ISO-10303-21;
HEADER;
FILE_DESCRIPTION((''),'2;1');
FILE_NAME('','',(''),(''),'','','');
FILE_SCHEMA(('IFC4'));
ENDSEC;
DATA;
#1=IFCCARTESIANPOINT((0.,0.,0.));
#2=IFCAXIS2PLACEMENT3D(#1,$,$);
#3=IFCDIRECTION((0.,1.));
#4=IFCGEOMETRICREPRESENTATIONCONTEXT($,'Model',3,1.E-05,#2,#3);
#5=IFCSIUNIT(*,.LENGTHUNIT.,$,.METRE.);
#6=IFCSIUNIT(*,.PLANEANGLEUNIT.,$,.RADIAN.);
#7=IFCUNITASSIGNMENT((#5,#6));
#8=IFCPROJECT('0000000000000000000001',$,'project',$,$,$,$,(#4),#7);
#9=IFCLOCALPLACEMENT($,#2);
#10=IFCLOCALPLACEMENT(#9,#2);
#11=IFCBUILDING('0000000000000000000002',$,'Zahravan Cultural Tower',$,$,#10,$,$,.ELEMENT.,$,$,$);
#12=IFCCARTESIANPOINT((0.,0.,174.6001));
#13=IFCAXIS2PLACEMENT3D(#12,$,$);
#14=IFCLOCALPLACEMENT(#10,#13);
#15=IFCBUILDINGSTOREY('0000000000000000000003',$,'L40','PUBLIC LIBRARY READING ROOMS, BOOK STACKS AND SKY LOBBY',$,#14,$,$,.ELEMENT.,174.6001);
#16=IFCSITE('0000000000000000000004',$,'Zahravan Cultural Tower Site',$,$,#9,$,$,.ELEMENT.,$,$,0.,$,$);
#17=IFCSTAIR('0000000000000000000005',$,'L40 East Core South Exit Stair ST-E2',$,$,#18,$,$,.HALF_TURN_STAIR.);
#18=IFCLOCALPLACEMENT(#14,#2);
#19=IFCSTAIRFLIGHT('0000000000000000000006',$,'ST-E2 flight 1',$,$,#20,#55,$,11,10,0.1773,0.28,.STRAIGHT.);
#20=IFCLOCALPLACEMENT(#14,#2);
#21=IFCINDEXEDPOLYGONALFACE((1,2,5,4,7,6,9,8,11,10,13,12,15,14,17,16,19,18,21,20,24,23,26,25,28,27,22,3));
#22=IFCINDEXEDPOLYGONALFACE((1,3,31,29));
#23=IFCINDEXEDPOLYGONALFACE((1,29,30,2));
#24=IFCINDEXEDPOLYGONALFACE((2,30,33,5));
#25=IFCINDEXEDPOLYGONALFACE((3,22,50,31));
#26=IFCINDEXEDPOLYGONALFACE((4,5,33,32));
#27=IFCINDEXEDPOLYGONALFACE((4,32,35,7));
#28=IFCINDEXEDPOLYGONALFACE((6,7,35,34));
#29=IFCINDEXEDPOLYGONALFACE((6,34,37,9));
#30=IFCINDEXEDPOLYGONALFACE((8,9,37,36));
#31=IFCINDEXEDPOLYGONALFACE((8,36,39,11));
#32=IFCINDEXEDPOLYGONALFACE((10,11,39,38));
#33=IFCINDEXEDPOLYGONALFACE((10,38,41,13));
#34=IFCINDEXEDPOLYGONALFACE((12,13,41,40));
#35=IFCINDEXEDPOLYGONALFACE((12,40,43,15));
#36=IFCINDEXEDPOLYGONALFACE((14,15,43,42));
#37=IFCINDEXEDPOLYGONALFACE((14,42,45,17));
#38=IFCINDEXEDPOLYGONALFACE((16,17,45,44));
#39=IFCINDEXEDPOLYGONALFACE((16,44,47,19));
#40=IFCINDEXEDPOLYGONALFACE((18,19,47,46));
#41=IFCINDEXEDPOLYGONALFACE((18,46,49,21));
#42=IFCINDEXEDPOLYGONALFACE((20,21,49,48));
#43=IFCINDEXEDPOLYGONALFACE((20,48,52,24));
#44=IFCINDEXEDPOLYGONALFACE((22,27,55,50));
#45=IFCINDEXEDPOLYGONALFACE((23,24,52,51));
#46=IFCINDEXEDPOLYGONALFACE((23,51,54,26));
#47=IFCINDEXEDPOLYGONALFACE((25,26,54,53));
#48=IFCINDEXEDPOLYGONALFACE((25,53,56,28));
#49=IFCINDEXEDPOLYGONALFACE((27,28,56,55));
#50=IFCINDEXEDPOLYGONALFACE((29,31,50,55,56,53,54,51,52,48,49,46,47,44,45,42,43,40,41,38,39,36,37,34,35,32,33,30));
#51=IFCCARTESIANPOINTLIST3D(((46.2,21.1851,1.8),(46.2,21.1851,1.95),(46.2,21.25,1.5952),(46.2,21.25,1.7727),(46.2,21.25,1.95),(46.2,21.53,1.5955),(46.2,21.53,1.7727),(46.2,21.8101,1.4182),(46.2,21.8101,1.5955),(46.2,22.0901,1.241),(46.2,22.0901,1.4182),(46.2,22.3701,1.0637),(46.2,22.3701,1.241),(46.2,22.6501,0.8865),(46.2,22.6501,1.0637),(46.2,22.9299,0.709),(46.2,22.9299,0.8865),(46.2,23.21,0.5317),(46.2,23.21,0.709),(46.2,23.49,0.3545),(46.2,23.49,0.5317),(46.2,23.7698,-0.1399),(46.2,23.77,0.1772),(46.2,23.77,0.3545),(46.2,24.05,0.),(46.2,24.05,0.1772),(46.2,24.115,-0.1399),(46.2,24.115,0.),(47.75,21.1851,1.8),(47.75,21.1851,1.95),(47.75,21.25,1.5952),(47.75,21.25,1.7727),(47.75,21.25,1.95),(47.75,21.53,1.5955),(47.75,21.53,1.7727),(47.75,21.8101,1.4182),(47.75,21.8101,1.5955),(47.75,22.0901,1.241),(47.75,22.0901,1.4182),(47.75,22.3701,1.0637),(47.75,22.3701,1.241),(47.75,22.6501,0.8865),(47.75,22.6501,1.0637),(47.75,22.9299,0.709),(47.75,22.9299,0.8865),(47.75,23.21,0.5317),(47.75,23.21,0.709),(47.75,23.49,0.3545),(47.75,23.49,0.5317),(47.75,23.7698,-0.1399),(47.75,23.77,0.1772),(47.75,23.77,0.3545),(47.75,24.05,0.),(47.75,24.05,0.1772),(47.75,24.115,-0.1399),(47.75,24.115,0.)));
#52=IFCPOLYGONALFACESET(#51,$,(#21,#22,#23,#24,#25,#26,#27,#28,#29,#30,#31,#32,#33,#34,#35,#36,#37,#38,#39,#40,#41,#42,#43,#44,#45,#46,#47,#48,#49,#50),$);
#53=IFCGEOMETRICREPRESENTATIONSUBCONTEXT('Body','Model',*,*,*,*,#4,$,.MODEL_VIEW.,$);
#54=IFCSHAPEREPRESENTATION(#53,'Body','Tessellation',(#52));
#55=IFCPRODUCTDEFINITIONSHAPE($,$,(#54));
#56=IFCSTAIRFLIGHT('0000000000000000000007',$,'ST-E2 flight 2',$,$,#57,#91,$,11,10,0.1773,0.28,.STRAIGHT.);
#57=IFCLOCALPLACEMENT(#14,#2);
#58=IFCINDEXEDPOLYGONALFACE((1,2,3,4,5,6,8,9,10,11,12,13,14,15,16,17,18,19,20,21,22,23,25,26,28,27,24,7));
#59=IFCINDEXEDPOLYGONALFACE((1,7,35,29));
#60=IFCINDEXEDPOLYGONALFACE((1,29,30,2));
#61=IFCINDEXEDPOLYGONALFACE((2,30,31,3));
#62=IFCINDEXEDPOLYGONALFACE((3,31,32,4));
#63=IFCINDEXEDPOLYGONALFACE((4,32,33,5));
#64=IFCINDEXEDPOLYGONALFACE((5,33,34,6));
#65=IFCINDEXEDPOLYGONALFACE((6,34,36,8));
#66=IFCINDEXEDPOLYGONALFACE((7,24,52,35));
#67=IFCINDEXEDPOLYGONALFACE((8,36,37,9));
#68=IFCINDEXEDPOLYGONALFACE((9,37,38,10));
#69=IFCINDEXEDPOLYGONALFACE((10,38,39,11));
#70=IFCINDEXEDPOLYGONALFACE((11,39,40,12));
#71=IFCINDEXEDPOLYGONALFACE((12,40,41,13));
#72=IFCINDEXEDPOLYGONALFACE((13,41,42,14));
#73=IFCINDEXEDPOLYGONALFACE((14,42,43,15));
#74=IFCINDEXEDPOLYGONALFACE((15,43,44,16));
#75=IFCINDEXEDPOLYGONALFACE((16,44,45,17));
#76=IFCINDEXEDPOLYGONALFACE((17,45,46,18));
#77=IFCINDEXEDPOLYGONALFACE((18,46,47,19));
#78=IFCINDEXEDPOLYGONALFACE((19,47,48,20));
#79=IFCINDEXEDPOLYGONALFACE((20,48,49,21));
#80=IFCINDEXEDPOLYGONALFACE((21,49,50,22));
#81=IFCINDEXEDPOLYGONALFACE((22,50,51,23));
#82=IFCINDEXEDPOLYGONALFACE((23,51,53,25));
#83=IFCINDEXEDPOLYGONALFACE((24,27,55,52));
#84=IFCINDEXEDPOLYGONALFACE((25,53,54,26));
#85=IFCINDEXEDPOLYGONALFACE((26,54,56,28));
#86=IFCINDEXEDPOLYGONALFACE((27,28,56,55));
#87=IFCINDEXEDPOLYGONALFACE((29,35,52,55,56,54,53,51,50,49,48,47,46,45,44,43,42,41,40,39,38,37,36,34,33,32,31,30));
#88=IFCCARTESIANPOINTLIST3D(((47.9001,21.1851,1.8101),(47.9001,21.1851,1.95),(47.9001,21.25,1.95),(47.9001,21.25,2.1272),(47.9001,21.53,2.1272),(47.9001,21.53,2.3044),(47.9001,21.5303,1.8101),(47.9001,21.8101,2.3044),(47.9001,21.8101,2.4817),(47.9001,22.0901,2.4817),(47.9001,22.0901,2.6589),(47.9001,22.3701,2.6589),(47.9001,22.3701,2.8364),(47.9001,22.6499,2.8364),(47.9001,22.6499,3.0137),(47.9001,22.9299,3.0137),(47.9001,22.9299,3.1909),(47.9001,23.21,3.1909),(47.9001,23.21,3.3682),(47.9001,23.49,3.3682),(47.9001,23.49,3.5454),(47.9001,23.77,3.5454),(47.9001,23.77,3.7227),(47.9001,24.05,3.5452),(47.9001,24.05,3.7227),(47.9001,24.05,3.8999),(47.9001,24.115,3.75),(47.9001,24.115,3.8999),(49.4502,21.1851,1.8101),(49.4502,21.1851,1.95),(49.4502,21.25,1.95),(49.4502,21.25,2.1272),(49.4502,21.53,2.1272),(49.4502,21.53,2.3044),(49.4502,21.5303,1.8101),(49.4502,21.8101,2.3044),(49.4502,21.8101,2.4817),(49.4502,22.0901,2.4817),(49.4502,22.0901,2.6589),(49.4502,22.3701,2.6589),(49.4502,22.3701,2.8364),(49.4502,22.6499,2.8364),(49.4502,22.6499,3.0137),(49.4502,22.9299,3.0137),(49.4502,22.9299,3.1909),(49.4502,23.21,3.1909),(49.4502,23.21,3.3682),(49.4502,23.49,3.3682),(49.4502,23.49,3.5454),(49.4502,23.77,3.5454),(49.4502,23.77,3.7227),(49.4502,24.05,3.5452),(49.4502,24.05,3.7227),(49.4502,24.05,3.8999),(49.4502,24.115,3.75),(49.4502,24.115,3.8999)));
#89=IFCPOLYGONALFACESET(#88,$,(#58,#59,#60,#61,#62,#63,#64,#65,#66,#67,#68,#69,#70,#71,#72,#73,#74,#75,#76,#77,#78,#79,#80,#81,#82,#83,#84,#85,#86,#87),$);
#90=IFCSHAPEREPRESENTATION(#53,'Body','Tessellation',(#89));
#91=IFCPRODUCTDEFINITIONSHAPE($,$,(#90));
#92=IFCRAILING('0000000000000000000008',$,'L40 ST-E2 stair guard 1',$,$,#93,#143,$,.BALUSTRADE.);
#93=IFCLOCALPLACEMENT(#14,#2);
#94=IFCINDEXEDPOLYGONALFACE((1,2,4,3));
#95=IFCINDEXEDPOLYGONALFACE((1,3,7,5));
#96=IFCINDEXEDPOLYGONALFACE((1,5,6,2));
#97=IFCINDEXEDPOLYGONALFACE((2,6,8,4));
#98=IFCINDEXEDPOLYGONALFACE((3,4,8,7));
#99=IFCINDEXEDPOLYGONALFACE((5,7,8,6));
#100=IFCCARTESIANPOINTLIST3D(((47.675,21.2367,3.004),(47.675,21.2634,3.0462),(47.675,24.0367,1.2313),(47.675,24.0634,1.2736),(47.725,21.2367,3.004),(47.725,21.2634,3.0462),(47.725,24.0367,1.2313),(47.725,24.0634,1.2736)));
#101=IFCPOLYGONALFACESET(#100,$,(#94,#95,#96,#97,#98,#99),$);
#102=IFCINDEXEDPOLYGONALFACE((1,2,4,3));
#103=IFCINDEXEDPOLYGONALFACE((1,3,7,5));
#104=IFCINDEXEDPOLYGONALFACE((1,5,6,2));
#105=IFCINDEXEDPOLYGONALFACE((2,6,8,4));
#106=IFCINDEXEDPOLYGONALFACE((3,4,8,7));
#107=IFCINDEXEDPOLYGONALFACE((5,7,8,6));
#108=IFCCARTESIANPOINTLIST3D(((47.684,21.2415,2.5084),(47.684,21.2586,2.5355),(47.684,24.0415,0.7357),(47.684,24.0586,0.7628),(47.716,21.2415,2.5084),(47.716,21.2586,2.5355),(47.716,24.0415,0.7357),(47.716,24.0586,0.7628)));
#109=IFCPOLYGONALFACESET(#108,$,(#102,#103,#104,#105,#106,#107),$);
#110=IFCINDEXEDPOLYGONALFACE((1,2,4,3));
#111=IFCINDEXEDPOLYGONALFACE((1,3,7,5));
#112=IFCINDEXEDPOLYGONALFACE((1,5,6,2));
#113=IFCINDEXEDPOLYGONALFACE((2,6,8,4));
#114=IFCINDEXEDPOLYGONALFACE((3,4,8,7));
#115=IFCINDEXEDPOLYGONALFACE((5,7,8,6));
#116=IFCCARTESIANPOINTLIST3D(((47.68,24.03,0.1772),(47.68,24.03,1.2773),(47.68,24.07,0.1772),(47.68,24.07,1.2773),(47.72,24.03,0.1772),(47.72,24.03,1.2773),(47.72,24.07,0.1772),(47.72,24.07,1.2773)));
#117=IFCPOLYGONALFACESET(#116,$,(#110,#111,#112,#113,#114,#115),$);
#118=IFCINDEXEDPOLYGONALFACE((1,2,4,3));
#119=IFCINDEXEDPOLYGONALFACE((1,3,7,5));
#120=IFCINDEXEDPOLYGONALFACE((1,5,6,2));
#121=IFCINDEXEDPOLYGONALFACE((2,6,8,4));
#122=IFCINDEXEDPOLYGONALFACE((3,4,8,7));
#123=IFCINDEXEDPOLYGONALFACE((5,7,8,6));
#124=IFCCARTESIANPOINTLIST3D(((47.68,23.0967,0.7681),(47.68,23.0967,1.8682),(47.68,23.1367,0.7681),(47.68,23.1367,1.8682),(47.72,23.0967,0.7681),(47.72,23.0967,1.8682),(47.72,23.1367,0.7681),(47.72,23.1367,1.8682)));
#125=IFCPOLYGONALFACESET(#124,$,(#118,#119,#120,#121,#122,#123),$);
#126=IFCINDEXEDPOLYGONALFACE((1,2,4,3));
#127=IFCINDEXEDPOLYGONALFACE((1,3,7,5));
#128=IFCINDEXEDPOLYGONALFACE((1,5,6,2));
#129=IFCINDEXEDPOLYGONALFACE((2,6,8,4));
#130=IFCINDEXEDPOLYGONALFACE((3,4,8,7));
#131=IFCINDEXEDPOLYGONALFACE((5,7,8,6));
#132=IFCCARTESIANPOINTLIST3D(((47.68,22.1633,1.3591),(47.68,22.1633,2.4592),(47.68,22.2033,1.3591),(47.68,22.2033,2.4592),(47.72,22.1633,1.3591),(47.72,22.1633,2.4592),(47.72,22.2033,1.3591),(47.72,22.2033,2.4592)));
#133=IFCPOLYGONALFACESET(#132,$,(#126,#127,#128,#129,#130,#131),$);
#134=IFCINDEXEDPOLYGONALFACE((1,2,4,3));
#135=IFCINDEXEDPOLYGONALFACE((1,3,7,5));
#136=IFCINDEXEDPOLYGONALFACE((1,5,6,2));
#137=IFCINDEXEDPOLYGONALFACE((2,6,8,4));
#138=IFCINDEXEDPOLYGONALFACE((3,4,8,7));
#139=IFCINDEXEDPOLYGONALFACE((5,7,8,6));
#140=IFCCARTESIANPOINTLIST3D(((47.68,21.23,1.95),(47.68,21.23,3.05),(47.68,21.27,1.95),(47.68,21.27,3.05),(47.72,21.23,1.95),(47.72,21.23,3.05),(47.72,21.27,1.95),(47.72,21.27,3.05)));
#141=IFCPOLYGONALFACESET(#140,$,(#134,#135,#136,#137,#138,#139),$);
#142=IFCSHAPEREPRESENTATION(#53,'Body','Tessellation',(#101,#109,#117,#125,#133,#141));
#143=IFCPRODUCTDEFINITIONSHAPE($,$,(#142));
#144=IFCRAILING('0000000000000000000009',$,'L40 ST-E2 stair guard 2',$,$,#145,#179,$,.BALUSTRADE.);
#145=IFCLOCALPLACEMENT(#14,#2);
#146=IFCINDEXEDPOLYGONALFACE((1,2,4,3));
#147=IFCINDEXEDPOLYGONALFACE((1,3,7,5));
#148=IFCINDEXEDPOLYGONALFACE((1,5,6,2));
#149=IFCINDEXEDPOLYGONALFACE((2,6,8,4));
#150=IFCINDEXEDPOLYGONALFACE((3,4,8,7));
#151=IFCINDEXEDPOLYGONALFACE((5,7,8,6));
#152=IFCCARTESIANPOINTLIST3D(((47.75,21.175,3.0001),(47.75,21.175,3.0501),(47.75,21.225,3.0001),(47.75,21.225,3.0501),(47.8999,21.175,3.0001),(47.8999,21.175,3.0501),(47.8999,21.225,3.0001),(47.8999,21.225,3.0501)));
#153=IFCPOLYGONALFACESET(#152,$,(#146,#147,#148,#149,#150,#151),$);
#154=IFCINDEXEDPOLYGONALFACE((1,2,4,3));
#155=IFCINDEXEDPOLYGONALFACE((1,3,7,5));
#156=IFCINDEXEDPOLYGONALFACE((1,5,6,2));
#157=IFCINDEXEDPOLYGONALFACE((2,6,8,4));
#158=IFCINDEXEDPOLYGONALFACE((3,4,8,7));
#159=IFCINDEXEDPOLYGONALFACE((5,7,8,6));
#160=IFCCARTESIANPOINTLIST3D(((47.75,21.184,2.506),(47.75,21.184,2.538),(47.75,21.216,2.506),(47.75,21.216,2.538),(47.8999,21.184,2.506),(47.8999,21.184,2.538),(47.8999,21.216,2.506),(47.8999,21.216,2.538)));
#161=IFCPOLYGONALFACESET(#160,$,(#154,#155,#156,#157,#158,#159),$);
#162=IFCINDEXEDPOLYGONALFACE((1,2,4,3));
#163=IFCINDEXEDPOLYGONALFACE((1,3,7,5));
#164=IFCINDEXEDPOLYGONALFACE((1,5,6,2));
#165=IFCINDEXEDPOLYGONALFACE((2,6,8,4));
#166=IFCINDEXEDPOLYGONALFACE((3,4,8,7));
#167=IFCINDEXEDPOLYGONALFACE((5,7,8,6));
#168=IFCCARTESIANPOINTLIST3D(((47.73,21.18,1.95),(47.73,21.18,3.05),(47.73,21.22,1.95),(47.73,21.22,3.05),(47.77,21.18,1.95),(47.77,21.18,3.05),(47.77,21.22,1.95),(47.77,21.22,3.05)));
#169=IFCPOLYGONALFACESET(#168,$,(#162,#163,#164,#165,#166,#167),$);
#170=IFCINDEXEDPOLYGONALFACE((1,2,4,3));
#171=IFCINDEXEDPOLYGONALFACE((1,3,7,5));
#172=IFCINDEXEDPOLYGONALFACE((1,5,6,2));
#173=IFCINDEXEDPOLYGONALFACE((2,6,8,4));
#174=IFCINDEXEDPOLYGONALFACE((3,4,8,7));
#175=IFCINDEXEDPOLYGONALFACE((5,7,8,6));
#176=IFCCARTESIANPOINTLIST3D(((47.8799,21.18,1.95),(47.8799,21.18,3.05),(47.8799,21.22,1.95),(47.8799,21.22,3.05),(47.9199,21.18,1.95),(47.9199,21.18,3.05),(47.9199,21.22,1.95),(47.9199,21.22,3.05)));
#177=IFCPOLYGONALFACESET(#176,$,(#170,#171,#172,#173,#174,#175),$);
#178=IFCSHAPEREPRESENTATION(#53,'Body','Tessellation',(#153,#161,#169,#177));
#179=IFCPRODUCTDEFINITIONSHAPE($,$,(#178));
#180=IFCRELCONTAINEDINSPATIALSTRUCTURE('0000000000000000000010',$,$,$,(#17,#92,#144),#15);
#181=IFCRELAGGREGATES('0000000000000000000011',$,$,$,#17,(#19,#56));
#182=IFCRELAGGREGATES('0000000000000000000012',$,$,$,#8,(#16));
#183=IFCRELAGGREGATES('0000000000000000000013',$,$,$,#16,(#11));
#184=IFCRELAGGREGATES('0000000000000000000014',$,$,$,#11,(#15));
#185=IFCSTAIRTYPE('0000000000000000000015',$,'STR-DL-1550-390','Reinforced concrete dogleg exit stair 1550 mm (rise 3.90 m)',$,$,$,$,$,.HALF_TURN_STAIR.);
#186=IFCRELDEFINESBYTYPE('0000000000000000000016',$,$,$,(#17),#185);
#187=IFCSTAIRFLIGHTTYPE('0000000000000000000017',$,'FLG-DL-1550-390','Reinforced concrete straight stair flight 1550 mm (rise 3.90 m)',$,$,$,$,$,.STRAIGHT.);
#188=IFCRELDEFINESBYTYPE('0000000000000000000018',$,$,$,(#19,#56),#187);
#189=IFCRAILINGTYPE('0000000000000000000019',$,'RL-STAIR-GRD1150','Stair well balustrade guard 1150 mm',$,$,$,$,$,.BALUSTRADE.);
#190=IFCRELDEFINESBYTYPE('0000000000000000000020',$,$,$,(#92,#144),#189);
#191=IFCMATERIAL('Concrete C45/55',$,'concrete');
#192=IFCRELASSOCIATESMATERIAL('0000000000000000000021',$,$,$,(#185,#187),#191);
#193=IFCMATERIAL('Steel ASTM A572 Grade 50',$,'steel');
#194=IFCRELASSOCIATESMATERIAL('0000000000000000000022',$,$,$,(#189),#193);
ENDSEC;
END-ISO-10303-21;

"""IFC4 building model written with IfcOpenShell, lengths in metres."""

from ifc_helpers import new_model, si_unit, direction, frame, origin, origin_2d, place, context, subcontext, project, spatial, polyline, rectangle, outline, extrude, material, type_object, element, aggregate, save


model = new_model("IFC4")

# Units and contexts
model_context = context("Model", 3, precision=1e-05, world=origin(), true_north=direction((0.0, 1.0)))
body_context = subcontext(model_context, "Body", "Model", "MODEL_VIEW")
ifc_project = project(units=[si_unit("LENGTHUNIT", "METRE"), si_unit("PLANEANGLEUNIT", "RADIAN")], contexts=[model_context])

# Site, building, storey
site_placement = place(None, origin())
site = spatial("IfcSite", under=ifc_project, at=site_placement, Name="Zahravan Cultural Tower Site", CompositionType="ELEMENT", RefElevation=0.0)
building_placement = place(site_placement, origin())
building = spatial("IfcBuilding", under=site, at=building_placement, Name="Zahravan Cultural Tower", CompositionType="ELEMENT")
storey_placement = place(building_placement, frame((0.0, 0.0, 174.6001)))
storey = spatial("IfcBuildingStorey", under=building, at=storey_placement, Name="L40", Description="PUBLIC LIBRARY READING ROOMS, BOOK STACKS AND SKY LOBBY", CompositionType="ELEMENT", Elevation=174.6001)

# Shared definitions
ifc_material_1 = material(Name="Concrete C45/55", Category="concrete")

# Stair, stair flights
stair_type = type_object("IfcStairType", Name="STR-DL-1550-390", Description="Reinforced concrete dogleg exit stair 1550 mm (rise 3.90 m)", PredefinedType="HALF_TURN_STAIR", material=ifc_material_1)
stair_placement = place(storey_placement, origin())
stair = element("IfcStair", 1, at=stair_placement, inside=storey, type_object=stair_type, Name="L40 East Core South Exit Stair ST-E2", PredefinedType="HALF_TURN_STAIR")
stair_flight_type = type_object("IfcStairFlightType", Name="FLG-DL-1550-390", Description="Reinforced concrete straight stair flight 1550 mm (rise 3.90 m)", PredefinedType="STRAIGHT", material=ifc_material_1)
stair_flight_1_placement = place(storey_placement, frame((46.9751, 24.05, 0.0), z_axis=(0.0, 0.0, 1.0), x_axis=(0.0, -1.0, 0.0)))
stair_flight_1 = element("IfcStairFlight", 2, at=stair_flight_1_placement, type_object=stair_flight_type, Name="ST-E2 flight 1", NumberOfRisers=11, NumberOfTreads=10, PredefinedType="STRAIGHT", RiserHeight=0.1773, TreadLength=0.28, context=body_context, shape_type="SweptSolid", body=[
    extrude(outline(polyline([(-0.0649, -0.1399), (-0.0649, 0.0), (0.0, 0.0), (0.0, 0.1772), (0.28, 0.1772), (0.28, 0.3545), (0.5601, 0.3545), (0.5601, 0.5317), (0.8401, 0.5317), (0.8401, 0.709), (1.1201, 0.709), (1.1201, 0.8865), (1.3999, 0.8865), (1.3999, 1.0637), (1.6799, 1.0637), (1.6799, 1.241), (1.96, 1.241), (1.96, 1.4182), (2.24, 1.4182), (2.24, 1.5955), (2.52, 1.5955), (2.52, 1.7727), (2.8, 1.7727), (2.8, 1.95), (2.865, 1.95), (2.865, 1.8), (2.8, 1.5952), (0.2803, -0.1399), (-0.0649, -0.1399)])), frame((0.0, 0.7749, 0.0), z_axis=(0.0, -1.0, 0.0), x_axis=(1.0, 0.0, 0.0)), (0.0, 0.0, 1.0), 1.55),
])
stair_flight_2_placement = place(storey_placement, frame((48.675, 21.25, 1.95), z_axis=(0.0, 0.0, 1.0), x_axis=(0.0, 1.0, 0.0)))
stair_flight_2 = element("IfcStairFlight", 3, at=stair_flight_2_placement, type_object=stair_flight_type, Name="ST-E2 flight 2", NumberOfRisers=11, NumberOfTreads=10, PredefinedType="STRAIGHT", RiserHeight=0.1773, TreadLength=0.28, context=body_context, shape_type="SweptSolid", body=[
    extrude(outline(polyline([(-0.0649, -0.1399), (-0.0649, 0.0), (0.0, 0.0), (0.0, 0.1772), (0.28, 0.1772), (0.28, 0.3545), (0.5601, 0.3545), (0.5601, 0.5317), (0.8401, 0.5317), (0.8401, 0.709), (1.1201, 0.709), (1.1201, 0.8865), (1.3999, 0.8865), (1.3999, 1.0637), (1.6799, 1.0637), (1.6799, 1.241), (1.96, 1.241), (1.96, 1.4182), (2.24, 1.4182), (2.24, 1.5955), (2.52, 1.5955), (2.52, 1.7727), (2.8, 1.7727), (2.8, 1.95), (2.865, 1.95), (2.865, 1.8), (2.8, 1.5952), (0.2803, -0.1399), (-0.0649, -0.1399)])), frame((0.0, 0.7749, 0.0), z_axis=(0.0, -1.0, 0.0), x_axis=(1.0, 0.0, 0.0)), (0.0, 0.0, 1.0), 1.55),
])
aggregate(stair, [stair_flight_1, stair_flight_2])

# Railings
ifc_material_2 = material(Name="Steel ASTM A572 Grade 50", Category="steel")
railing_type_1 = type_object("IfcRailingType", Name="RL-STAIR-GRD1150", Description="Stair well balustrade guard 1150 mm", PredefinedType="BALUSTRADE", material=ifc_material_2)
railing_1_placement = place(storey_placement, frame((47.7, 24.05, 0.1772)))
element("IfcRailing", 4, at=railing_1_placement, inside=storey, type_object=railing_type_1, Name="L40 ST-E2 stair guard 1", PredefinedType="BALUSTRADE", context=body_context, shape_type="SweptSolid", body=[
    extrude(rectangle(XDim=0.05, YDim=0.05, at=origin_2d()), frame((0.0, 0.0, 1.0752), z_axis=(0.0, -0.844909, 0.53491), x_axis=(1.0, 0.0, 0.0)), (0.0, 0.0, 1.0), 3.314),
    extrude(rectangle(XDim=0.032, YDim=0.032, at=origin_2d()), frame((0.0, 0.0, 0.572), z_axis=(0.0, -0.844909, 0.53491), x_axis=(1.0, 0.0, 0.0)), (0.0, 0.0, 1.0), 3.314),
    extrude(rectangle(XDim=0.04, YDim=0.04, at=origin_2d()), origin(), (0.0, 0.0, 1.0), 1.1001),
    extrude(rectangle(XDim=0.04, YDim=0.04, at=origin_2d()), frame((0.0, -0.9333, 0.5908)), (0.0, 0.0, 1.0), 1.1001),
    extrude(rectangle(XDim=0.04, YDim=0.04, at=origin_2d()), frame((0.0, -1.8667, 1.1819)), (0.0, 0.0, 1.0), 1.1001),
    extrude(rectangle(XDim=0.04, YDim=0.04, at=origin_2d()), frame((0.0, -2.8, 1.7727)), (0.0, 0.0, 1.0), 1.1001),
])
railing_2_placement = place(storey_placement, frame((47.75, 21.2, 1.95)))
element("IfcRailing", 5, at=railing_2_placement, inside=storey, type_object=railing_type_1, Name="L40 ST-E2 stair guard 2", PredefinedType="BALUSTRADE", context=body_context, shape_type="SweptSolid", body=[
    extrude(rectangle(XDim=0.05, YDim=0.05, at=origin_2d()), frame((0.0, 0.0, 1.0752), z_axis=(1.0, 0.0, 0.0), x_axis=(0.0, 1.0, 0.0)), (0.0, 0.0, 1.0), 0.1499),
    extrude(rectangle(XDim=0.032, YDim=0.032, at=origin_2d()), frame((0.0, 0.0, 0.572), z_axis=(1.0, 0.0, 0.0), x_axis=(0.0, 1.0, 0.0)), (0.0, 0.0, 1.0), 0.1499),
    extrude(rectangle(XDim=0.04, YDim=0.04, at=origin_2d()), origin(), (0.0, 0.0, 1.0), 1.1001),
    extrude(rectangle(XDim=0.04, YDim=0.04, at=origin_2d()), frame((0.1499, 0.0, 0.0)), (0.0, 0.0, 1.0), 1.1001),
])

save(model, "model.ifc")
